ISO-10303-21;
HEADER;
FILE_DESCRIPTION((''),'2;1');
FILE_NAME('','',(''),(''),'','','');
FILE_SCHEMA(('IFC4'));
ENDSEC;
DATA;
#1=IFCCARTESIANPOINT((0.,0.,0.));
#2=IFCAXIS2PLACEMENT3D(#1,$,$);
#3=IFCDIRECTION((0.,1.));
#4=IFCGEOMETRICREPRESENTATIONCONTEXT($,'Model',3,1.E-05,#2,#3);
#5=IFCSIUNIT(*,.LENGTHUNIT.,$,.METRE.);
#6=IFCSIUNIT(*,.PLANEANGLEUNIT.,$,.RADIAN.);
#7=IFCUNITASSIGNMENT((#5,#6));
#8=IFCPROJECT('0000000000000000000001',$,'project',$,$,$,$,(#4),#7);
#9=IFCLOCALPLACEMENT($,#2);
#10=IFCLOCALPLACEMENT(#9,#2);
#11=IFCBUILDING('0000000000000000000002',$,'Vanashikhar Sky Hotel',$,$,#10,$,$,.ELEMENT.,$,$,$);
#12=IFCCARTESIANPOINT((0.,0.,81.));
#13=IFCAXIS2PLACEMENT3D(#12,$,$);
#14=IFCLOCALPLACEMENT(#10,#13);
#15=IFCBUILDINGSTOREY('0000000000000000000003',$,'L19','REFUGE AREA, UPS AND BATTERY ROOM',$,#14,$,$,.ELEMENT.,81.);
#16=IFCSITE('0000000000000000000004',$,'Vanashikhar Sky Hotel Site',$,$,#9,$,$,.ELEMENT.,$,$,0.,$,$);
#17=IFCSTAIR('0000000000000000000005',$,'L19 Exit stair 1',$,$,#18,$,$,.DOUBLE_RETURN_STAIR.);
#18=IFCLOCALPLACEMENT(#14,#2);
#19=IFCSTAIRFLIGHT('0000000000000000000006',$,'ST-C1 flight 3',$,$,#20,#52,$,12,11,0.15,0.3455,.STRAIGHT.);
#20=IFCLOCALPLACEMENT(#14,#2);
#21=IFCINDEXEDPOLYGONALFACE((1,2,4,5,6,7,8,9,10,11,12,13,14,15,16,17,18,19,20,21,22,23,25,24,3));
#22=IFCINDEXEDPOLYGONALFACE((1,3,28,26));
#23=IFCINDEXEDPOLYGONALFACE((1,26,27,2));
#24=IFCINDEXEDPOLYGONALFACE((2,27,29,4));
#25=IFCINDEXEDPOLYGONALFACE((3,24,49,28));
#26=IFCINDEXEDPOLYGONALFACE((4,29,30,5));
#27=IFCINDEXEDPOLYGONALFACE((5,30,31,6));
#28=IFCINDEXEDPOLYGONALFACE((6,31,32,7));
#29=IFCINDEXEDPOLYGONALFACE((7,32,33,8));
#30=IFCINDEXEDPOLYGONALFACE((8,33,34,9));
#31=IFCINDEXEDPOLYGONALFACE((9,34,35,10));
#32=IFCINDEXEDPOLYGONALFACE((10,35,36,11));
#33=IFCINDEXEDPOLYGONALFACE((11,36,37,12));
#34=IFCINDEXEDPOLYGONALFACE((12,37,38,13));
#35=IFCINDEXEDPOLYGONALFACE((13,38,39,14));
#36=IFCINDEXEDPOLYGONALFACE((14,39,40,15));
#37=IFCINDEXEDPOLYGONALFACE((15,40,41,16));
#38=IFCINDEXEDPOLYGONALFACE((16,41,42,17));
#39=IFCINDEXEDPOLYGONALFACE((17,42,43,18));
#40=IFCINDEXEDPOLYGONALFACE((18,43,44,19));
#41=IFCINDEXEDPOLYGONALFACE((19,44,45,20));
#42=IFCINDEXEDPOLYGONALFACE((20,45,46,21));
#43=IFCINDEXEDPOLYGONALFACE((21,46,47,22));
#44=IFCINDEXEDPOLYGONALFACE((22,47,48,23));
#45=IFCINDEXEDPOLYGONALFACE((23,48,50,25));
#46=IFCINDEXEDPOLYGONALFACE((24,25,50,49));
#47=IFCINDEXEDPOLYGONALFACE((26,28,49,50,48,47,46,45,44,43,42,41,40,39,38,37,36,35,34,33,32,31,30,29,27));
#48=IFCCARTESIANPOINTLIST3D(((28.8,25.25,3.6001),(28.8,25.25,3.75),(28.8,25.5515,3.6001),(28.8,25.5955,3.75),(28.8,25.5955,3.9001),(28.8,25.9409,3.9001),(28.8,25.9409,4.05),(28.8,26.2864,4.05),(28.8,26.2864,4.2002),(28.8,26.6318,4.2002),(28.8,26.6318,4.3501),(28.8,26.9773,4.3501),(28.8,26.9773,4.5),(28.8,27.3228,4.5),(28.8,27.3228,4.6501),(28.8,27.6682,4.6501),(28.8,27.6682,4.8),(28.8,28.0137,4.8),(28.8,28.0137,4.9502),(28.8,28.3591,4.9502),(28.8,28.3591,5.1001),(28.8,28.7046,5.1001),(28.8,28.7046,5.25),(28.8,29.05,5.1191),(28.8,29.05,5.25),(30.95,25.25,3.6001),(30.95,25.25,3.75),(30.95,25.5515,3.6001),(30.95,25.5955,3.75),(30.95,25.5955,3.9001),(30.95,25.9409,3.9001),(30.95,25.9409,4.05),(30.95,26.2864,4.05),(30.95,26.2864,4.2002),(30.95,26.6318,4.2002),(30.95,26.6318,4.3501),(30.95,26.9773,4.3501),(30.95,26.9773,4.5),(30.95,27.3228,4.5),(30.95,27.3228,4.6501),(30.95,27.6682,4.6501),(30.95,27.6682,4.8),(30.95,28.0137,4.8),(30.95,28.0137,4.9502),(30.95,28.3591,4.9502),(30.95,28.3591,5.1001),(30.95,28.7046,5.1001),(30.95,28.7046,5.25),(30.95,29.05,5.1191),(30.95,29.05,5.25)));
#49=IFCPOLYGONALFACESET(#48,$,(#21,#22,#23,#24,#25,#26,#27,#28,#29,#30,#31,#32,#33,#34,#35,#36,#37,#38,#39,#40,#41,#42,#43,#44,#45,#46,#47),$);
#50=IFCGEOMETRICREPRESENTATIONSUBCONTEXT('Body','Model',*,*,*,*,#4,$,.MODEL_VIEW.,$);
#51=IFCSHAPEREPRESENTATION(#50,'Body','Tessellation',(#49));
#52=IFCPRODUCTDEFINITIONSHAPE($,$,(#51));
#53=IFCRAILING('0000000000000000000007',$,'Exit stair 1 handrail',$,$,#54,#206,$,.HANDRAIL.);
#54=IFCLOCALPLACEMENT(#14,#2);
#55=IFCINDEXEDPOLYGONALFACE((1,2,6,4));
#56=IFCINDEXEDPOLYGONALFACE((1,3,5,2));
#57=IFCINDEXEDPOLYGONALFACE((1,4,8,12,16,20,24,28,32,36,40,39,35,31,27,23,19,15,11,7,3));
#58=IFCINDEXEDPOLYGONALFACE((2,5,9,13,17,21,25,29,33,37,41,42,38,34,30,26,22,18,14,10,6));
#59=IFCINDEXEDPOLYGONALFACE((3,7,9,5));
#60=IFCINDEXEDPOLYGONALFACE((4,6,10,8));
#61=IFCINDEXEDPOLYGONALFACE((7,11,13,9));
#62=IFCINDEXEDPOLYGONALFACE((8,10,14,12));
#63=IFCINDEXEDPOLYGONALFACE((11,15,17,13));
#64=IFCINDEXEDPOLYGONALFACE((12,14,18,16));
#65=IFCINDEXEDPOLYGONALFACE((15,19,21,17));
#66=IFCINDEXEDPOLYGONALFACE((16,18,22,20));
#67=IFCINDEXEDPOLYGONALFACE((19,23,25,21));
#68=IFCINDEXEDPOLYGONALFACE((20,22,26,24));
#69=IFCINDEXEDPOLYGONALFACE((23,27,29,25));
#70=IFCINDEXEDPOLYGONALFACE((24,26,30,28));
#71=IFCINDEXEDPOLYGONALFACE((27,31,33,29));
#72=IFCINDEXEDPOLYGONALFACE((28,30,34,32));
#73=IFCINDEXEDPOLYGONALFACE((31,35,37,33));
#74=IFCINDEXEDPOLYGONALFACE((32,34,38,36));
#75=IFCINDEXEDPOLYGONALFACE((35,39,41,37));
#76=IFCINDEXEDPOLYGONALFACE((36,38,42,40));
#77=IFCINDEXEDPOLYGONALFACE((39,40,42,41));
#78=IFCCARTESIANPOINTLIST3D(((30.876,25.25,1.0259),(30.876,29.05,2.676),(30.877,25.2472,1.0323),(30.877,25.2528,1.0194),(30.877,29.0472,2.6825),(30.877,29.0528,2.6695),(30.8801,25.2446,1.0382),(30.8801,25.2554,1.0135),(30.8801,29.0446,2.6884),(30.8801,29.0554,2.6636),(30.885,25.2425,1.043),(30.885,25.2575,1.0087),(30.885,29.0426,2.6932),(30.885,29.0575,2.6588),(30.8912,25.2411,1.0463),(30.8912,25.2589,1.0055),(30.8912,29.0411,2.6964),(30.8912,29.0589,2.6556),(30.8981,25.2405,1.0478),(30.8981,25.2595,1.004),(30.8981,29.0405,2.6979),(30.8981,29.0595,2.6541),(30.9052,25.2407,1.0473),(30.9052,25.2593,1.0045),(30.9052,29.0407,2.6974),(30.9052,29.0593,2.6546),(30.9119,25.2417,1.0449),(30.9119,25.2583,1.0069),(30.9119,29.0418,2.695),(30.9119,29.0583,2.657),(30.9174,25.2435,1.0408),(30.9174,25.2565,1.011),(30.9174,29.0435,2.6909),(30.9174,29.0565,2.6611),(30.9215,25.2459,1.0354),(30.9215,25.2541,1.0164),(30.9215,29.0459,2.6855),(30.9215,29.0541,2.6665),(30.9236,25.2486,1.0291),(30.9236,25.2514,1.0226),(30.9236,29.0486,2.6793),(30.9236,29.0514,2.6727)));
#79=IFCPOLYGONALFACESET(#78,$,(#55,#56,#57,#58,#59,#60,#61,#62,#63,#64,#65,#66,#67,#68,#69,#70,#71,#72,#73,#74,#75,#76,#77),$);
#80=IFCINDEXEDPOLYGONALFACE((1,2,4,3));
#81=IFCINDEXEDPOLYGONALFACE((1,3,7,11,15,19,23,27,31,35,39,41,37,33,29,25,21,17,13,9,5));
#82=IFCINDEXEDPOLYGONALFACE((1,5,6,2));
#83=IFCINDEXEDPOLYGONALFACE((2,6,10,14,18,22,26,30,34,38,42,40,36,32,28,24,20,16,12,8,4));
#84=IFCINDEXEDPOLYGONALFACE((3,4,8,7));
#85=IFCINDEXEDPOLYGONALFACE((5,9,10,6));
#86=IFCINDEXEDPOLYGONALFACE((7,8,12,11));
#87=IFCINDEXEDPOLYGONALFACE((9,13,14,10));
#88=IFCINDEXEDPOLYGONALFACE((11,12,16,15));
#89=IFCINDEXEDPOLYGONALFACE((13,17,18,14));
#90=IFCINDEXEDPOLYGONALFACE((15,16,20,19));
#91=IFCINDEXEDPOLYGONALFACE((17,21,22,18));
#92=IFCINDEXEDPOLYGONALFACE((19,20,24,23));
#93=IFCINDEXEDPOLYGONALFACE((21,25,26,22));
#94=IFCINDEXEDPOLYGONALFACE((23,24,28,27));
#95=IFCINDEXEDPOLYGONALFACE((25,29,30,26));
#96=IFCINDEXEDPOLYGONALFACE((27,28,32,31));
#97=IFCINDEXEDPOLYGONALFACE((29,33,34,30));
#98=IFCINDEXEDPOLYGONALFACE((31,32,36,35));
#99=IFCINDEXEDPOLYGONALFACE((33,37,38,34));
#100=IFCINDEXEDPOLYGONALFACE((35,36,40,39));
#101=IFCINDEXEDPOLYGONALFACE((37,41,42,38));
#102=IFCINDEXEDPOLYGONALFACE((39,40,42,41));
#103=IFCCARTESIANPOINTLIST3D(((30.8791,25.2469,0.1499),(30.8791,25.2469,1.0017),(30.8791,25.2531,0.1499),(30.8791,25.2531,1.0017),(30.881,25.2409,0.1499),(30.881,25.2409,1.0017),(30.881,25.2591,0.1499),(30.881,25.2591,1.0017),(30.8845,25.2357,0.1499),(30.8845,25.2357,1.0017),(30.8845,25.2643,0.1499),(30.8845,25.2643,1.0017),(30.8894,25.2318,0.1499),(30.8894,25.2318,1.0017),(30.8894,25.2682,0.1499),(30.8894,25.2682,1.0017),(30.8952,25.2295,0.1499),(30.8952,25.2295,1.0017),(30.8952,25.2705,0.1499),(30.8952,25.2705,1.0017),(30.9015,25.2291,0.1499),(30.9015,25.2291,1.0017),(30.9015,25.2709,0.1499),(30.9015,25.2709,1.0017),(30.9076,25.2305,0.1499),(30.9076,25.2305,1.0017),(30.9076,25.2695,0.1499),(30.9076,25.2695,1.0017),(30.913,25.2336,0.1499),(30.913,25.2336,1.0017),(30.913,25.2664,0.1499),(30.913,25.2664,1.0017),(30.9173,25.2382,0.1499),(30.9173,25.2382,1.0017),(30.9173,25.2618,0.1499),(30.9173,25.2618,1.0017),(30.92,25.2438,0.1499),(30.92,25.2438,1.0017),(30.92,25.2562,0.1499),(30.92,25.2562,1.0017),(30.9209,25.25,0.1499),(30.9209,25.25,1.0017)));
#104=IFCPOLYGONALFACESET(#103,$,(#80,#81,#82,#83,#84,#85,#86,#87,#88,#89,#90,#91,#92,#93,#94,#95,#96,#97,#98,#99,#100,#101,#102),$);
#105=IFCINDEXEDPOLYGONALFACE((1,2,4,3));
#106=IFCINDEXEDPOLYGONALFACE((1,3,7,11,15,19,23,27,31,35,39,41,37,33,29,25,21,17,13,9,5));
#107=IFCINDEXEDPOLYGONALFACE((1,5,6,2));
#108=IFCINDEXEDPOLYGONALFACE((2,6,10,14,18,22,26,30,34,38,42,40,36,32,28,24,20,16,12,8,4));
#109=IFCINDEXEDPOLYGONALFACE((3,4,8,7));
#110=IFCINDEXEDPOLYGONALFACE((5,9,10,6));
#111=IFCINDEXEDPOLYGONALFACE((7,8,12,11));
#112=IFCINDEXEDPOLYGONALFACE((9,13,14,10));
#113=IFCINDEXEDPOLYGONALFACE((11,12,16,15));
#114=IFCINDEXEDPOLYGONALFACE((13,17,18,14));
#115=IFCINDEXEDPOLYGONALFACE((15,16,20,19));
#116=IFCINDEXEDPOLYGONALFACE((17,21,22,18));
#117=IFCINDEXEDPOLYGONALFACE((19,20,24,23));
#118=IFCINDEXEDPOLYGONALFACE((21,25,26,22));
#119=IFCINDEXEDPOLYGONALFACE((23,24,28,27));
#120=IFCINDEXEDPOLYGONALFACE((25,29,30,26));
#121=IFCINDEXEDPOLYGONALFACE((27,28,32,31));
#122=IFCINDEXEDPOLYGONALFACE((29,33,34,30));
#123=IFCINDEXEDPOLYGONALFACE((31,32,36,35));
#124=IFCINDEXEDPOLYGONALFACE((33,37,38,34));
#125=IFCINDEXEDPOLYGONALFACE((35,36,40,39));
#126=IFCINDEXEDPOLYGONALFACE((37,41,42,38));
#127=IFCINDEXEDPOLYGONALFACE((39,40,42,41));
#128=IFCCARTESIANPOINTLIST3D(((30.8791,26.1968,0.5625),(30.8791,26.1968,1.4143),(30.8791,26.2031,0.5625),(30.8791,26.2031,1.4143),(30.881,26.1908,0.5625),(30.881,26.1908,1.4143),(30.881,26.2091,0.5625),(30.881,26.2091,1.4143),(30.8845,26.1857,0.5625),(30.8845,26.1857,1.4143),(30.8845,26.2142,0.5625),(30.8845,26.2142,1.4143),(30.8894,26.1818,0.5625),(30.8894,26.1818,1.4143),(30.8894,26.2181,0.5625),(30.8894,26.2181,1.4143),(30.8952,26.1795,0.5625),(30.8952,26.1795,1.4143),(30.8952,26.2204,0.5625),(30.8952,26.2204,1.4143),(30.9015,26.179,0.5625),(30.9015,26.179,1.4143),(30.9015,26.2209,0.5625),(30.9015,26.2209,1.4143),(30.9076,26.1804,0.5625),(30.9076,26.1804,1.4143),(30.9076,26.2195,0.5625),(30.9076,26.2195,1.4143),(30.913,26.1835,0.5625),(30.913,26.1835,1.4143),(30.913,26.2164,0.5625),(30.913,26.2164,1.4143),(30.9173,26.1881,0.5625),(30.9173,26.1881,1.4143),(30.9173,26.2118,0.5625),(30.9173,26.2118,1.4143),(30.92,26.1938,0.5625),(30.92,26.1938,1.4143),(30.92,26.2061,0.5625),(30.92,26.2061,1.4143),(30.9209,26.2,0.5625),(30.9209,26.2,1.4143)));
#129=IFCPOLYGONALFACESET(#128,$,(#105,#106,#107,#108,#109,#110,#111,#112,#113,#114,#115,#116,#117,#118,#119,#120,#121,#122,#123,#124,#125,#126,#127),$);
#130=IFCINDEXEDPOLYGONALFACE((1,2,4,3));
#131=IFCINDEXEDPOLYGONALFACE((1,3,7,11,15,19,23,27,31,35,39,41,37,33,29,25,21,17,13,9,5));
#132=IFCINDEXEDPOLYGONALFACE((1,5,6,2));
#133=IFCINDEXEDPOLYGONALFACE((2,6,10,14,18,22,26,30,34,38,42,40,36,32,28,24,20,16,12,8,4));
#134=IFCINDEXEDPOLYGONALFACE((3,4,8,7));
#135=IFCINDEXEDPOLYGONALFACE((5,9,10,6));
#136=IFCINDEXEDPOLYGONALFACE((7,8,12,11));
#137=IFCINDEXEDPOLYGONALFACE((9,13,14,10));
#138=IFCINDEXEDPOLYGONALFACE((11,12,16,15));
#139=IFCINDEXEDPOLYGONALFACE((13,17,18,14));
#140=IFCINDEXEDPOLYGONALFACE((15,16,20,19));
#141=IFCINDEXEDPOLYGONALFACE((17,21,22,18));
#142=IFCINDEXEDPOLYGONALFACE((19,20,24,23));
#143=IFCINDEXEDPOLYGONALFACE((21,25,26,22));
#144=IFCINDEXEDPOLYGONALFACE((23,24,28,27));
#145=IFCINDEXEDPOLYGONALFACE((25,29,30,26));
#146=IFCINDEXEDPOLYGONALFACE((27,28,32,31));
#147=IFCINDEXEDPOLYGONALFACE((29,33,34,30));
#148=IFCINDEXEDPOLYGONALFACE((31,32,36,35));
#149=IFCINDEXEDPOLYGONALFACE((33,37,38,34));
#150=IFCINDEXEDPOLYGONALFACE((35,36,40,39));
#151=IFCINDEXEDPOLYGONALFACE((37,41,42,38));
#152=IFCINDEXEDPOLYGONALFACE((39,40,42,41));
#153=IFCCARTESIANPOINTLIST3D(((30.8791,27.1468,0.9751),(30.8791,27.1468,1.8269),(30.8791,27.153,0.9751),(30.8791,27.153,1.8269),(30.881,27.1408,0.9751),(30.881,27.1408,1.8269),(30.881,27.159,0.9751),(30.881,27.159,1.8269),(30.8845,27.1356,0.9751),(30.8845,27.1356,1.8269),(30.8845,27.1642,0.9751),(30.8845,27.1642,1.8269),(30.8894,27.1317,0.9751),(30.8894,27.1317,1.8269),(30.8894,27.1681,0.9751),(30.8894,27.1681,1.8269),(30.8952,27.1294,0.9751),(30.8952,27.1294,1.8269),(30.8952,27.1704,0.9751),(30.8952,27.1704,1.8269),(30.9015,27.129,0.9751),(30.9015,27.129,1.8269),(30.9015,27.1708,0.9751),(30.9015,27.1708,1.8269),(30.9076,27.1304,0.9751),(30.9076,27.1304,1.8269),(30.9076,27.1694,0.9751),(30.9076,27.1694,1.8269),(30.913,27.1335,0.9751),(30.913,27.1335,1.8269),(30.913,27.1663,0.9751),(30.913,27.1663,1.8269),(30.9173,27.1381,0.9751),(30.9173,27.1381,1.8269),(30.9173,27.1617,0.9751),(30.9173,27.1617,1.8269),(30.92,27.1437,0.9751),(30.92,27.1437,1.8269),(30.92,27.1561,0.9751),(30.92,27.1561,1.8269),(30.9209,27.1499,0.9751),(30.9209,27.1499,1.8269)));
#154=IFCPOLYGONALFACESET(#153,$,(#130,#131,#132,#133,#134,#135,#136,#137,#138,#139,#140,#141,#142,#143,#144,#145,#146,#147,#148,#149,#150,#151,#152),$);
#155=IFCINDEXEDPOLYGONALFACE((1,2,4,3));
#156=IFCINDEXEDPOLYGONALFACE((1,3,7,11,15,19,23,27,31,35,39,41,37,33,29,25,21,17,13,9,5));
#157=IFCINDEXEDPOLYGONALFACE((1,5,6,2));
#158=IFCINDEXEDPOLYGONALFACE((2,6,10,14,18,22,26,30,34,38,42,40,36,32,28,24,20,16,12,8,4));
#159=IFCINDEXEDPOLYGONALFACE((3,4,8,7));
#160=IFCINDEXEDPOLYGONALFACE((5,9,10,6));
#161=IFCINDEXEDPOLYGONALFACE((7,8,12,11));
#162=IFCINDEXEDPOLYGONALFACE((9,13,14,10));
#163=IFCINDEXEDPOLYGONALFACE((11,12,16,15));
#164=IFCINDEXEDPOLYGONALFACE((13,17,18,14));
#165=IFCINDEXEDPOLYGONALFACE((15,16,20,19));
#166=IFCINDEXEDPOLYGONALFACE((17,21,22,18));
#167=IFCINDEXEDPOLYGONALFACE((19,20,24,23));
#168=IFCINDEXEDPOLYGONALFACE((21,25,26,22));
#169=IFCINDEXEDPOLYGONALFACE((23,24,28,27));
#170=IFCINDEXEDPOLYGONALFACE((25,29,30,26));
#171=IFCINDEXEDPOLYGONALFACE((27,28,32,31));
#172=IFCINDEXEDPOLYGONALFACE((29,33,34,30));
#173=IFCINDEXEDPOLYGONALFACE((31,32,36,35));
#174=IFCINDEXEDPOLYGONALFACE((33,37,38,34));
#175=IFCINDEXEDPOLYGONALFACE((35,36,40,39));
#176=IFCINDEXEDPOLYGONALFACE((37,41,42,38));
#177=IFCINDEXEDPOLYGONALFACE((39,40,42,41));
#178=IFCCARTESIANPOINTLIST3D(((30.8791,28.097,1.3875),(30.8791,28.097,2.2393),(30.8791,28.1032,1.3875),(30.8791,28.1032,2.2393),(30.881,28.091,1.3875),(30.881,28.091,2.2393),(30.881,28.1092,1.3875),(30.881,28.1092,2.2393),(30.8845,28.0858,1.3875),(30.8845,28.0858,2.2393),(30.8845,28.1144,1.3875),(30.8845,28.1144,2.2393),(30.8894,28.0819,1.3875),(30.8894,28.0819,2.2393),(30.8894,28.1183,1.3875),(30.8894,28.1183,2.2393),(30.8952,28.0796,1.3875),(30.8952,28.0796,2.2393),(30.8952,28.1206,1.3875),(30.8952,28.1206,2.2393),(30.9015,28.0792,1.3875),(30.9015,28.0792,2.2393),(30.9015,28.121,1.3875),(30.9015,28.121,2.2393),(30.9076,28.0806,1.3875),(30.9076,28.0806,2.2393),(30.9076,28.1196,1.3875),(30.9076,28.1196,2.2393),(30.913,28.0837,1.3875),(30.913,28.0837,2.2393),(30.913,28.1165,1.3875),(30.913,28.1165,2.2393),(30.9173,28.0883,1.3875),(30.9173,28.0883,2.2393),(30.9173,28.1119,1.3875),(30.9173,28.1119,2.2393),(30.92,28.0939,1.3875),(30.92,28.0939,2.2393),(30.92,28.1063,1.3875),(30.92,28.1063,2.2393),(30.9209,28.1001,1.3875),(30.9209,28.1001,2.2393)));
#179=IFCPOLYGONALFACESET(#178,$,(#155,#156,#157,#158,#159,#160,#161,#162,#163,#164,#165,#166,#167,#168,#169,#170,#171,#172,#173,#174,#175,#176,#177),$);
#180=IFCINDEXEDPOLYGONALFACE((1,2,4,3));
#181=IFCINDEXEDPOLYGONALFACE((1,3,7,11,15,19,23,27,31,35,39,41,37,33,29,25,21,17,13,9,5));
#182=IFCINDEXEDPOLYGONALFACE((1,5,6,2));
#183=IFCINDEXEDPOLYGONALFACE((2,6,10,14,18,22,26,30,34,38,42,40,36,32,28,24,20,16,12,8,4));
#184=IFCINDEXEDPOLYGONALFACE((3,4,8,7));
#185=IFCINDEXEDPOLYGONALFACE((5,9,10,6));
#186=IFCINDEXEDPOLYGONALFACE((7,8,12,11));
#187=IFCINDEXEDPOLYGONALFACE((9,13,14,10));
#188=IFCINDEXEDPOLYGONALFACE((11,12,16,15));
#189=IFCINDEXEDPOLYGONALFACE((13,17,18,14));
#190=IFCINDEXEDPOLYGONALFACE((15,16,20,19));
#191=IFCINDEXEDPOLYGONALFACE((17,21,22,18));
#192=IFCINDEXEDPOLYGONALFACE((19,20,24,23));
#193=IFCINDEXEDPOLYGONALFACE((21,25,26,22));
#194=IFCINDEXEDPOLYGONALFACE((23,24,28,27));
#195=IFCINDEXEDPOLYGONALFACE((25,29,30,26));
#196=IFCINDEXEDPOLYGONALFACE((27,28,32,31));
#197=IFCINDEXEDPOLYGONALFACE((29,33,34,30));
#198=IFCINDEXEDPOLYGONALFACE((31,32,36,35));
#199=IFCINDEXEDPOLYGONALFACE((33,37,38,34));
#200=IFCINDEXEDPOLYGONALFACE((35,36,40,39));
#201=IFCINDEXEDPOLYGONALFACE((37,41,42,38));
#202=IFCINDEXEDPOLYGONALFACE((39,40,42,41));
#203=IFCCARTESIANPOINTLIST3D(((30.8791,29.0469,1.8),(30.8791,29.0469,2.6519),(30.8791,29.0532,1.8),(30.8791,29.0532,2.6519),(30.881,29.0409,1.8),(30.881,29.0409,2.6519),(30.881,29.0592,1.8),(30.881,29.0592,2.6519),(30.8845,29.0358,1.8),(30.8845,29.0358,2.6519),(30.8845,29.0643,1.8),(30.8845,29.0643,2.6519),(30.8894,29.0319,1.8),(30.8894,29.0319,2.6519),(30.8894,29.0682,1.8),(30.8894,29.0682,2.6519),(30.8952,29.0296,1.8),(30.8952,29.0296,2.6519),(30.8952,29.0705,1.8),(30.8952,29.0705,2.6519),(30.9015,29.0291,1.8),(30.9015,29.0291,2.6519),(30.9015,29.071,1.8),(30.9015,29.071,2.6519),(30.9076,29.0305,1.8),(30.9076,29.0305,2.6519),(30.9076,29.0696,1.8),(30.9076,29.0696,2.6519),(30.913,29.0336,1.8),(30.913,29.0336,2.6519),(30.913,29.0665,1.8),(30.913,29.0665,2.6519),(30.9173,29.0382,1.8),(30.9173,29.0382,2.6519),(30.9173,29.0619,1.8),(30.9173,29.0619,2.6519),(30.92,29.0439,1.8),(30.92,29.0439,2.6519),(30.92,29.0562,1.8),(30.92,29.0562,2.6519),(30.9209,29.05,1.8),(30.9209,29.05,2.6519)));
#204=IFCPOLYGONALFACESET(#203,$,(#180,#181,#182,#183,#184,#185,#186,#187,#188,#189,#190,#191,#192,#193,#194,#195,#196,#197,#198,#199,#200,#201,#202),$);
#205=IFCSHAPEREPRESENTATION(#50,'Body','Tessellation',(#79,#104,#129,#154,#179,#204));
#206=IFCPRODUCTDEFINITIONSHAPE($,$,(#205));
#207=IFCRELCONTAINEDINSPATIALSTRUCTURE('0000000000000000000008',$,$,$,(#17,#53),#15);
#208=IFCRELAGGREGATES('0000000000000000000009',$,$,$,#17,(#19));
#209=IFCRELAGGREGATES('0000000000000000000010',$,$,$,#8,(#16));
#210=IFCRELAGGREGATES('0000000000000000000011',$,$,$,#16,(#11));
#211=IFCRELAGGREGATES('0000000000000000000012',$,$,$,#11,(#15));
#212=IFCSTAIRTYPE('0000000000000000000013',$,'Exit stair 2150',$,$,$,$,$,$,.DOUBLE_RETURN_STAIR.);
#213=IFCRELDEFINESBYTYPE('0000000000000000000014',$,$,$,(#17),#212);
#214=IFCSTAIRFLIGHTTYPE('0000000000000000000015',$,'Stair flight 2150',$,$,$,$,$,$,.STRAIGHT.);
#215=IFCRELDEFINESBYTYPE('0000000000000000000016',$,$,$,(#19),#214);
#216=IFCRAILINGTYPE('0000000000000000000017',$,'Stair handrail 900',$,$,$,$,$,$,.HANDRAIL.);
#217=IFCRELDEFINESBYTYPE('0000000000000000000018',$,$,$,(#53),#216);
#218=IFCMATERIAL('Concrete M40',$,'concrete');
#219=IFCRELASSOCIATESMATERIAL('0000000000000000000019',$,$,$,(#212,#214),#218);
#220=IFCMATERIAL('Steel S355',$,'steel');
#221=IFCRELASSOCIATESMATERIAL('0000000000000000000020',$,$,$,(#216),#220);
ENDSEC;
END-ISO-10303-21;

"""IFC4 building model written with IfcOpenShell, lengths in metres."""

from ifc_helpers import new_model, si_unit, direction, frame, origin, origin_2d, place, context, subcontext, project, spatial, polyline, circle, outline, extrude, source, transform, mapped, material, type_object, element, aggregate, save


model = new_model("IFC4")

# Units and contexts
model_context = context("Model", 3, precision=1e-05, world=origin(), true_north=direction((0.0, 1.0)))
body_context = subcontext(model_context, "Body", "Model", "MODEL_VIEW")
ifc_project = project(units=[si_unit("LENGTHUNIT", "METRE"), si_unit("PLANEANGLEUNIT", "RADIAN")], contexts=[model_context])

# Site, building, storey
site_placement = place(None, origin())
site = spatial("IfcSite", under=ifc_project, at=site_placement, Name="Vanashikhar Sky Hotel Site", CompositionType="ELEMENT", RefElevation=0.0)
building_placement = place(site_placement, origin())
building = spatial("IfcBuilding", under=site, at=building_placement, Name="Vanashikhar Sky Hotel", CompositionType="ELEMENT")
storey_placement = place(building_placement, frame((0.0, 0.0, 81.0)))
storey = spatial("IfcBuildingStorey", under=building, at=storey_placement, Name="L19", Description="REFUGE AREA, UPS AND BATTERY ROOM", CompositionType="ELEMENT", Elevation=81.0)

# Shared definitions
ifc_material_1 = material(Name="Concrete M40", Category="concrete")

# Stair, stair flight
stair_type = type_object("IfcStairType", Name="Exit stair 2150", PredefinedType="DOUBLE_RETURN_STAIR", material=ifc_material_1)
stair_placement = place(storey_placement, origin())
stair = element("IfcStair", 1, at=stair_placement, inside=storey, type_object=stair_type, Name="L19 Exit stair 1", PredefinedType="DOUBLE_RETURN_STAIR")
stair_flight_type = type_object("IfcStairFlightType", Name="Stair flight 2150", PredefinedType="STRAIGHT", material=ifc_material_1)
shared_shape_1 = source(origin(), body_context, "Body", "SweptSolid", [
    extrude(outline(polyline([(0.0, 0.0), (0.0, 0.1499), (0.3455, 0.1499), (0.3455, 0.3), (0.6909, 0.3), (0.6909, 0.45), (1.0364, 0.45), (1.0364, 0.6001), (1.3818, 0.6001), (1.3818, 0.75), (1.7273, 0.75), (1.7273, 0.8999), (2.0728, 0.8999), (2.0728, 1.05), (2.4182, 1.05), (2.4182, 1.2), (2.7637, 1.2), (2.7637, 1.3501), (3.1091, 1.3501), (3.1091, 1.5), (3.4546, 1.5), (3.4546, 1.6499), (3.8, 1.6499), (3.8, 1.8), (3.8, 1.519), (0.3015, 0.0), (0.0, 0.0)])), frame((0.0, 1.075, 0.0), z_axis=(0.0, -1.0, 0.0), x_axis=(1.0, 0.0, 0.0)), (0.0, 0.0, 1.0), 2.1499),
])
stair_flight_1_placement = place(storey_placement, frame((29.875, 25.25, 3.6001), z_axis=(0.0, 0.0, 1.0), x_axis=(0.0, 1.0, 0.0)))
stair_flight_1 = element("IfcStairFlight", 2, at=stair_flight_1_placement, type_object=stair_flight_type, Name="ST-C1 flight 3", NumberOfRisers=12, NumberOfTreads=11, PredefinedType="STRAIGHT", RiserHeight=0.15, TreadLength=0.3455, context=body_context, shape_type="MappedRepresentation", body=[
    mapped(shared_shape_1, transform((0.0, 0.0, 0.0), scale=1.0)),
])
aggregate(stair, [stair_flight_1])

# Railing
ifc_material_2 = material(Name="Steel S355", Category="steel")
railing_type_1 = type_object("IfcRailingType", Name="Stair handrail 900", PredefinedType="HANDRAIL", material=ifc_material_2)
shared_shape_2 = source(origin(), body_context, "Body", "SweptSolid", [
    extrude(circle(Radius=0.0239, at=origin_2d()), frame((0.0, 0.0, 0.876), z_axis=(0.0, 0.917251, 0.39831), x_axis=(-1.0, 0.0, 0.0)), (0.0, 0.0, 1.0), 4.1428),
    extrude(circle(Radius=0.021, at=origin_2d()), origin(), (0.0, 0.0, 1.0), 0.8518),
    extrude(circle(Radius=0.021, at=origin_2d()), frame((0.0, 0.95, 0.4126)), (0.0, 0.0, 1.0), 0.8518),
    extrude(circle(Radius=0.021, at=origin_2d()), frame((0.0, 1.8999, 0.8252)), (0.0, 0.0, 1.0), 0.8518),
    extrude(circle(Radius=0.021, at=origin_2d()), frame((0.0, 2.8501, 1.2375)), (0.0, 0.0, 1.0), 0.8518),
    extrude(circle(Radius=0.021, at=origin_2d()), frame((0.0, 3.8, 1.6501)), (0.0, 0.0, 1.0), 0.8518),
])
railing_1_placement = place(storey_placement, frame((30.8999, 25.25, 0.1499)))
element("IfcRailing", 3, at=railing_1_placement, inside=storey, type_object=railing_type_1, Name="Exit stair 1 handrail", PredefinedType="HANDRAIL", context=body_context, shape_type="MappedRepresentation", body=[
    mapped(shared_shape_2, transform((0.0, 0.0, 0.0), scale=1.0)),
])

save(model, "model.ifc")
